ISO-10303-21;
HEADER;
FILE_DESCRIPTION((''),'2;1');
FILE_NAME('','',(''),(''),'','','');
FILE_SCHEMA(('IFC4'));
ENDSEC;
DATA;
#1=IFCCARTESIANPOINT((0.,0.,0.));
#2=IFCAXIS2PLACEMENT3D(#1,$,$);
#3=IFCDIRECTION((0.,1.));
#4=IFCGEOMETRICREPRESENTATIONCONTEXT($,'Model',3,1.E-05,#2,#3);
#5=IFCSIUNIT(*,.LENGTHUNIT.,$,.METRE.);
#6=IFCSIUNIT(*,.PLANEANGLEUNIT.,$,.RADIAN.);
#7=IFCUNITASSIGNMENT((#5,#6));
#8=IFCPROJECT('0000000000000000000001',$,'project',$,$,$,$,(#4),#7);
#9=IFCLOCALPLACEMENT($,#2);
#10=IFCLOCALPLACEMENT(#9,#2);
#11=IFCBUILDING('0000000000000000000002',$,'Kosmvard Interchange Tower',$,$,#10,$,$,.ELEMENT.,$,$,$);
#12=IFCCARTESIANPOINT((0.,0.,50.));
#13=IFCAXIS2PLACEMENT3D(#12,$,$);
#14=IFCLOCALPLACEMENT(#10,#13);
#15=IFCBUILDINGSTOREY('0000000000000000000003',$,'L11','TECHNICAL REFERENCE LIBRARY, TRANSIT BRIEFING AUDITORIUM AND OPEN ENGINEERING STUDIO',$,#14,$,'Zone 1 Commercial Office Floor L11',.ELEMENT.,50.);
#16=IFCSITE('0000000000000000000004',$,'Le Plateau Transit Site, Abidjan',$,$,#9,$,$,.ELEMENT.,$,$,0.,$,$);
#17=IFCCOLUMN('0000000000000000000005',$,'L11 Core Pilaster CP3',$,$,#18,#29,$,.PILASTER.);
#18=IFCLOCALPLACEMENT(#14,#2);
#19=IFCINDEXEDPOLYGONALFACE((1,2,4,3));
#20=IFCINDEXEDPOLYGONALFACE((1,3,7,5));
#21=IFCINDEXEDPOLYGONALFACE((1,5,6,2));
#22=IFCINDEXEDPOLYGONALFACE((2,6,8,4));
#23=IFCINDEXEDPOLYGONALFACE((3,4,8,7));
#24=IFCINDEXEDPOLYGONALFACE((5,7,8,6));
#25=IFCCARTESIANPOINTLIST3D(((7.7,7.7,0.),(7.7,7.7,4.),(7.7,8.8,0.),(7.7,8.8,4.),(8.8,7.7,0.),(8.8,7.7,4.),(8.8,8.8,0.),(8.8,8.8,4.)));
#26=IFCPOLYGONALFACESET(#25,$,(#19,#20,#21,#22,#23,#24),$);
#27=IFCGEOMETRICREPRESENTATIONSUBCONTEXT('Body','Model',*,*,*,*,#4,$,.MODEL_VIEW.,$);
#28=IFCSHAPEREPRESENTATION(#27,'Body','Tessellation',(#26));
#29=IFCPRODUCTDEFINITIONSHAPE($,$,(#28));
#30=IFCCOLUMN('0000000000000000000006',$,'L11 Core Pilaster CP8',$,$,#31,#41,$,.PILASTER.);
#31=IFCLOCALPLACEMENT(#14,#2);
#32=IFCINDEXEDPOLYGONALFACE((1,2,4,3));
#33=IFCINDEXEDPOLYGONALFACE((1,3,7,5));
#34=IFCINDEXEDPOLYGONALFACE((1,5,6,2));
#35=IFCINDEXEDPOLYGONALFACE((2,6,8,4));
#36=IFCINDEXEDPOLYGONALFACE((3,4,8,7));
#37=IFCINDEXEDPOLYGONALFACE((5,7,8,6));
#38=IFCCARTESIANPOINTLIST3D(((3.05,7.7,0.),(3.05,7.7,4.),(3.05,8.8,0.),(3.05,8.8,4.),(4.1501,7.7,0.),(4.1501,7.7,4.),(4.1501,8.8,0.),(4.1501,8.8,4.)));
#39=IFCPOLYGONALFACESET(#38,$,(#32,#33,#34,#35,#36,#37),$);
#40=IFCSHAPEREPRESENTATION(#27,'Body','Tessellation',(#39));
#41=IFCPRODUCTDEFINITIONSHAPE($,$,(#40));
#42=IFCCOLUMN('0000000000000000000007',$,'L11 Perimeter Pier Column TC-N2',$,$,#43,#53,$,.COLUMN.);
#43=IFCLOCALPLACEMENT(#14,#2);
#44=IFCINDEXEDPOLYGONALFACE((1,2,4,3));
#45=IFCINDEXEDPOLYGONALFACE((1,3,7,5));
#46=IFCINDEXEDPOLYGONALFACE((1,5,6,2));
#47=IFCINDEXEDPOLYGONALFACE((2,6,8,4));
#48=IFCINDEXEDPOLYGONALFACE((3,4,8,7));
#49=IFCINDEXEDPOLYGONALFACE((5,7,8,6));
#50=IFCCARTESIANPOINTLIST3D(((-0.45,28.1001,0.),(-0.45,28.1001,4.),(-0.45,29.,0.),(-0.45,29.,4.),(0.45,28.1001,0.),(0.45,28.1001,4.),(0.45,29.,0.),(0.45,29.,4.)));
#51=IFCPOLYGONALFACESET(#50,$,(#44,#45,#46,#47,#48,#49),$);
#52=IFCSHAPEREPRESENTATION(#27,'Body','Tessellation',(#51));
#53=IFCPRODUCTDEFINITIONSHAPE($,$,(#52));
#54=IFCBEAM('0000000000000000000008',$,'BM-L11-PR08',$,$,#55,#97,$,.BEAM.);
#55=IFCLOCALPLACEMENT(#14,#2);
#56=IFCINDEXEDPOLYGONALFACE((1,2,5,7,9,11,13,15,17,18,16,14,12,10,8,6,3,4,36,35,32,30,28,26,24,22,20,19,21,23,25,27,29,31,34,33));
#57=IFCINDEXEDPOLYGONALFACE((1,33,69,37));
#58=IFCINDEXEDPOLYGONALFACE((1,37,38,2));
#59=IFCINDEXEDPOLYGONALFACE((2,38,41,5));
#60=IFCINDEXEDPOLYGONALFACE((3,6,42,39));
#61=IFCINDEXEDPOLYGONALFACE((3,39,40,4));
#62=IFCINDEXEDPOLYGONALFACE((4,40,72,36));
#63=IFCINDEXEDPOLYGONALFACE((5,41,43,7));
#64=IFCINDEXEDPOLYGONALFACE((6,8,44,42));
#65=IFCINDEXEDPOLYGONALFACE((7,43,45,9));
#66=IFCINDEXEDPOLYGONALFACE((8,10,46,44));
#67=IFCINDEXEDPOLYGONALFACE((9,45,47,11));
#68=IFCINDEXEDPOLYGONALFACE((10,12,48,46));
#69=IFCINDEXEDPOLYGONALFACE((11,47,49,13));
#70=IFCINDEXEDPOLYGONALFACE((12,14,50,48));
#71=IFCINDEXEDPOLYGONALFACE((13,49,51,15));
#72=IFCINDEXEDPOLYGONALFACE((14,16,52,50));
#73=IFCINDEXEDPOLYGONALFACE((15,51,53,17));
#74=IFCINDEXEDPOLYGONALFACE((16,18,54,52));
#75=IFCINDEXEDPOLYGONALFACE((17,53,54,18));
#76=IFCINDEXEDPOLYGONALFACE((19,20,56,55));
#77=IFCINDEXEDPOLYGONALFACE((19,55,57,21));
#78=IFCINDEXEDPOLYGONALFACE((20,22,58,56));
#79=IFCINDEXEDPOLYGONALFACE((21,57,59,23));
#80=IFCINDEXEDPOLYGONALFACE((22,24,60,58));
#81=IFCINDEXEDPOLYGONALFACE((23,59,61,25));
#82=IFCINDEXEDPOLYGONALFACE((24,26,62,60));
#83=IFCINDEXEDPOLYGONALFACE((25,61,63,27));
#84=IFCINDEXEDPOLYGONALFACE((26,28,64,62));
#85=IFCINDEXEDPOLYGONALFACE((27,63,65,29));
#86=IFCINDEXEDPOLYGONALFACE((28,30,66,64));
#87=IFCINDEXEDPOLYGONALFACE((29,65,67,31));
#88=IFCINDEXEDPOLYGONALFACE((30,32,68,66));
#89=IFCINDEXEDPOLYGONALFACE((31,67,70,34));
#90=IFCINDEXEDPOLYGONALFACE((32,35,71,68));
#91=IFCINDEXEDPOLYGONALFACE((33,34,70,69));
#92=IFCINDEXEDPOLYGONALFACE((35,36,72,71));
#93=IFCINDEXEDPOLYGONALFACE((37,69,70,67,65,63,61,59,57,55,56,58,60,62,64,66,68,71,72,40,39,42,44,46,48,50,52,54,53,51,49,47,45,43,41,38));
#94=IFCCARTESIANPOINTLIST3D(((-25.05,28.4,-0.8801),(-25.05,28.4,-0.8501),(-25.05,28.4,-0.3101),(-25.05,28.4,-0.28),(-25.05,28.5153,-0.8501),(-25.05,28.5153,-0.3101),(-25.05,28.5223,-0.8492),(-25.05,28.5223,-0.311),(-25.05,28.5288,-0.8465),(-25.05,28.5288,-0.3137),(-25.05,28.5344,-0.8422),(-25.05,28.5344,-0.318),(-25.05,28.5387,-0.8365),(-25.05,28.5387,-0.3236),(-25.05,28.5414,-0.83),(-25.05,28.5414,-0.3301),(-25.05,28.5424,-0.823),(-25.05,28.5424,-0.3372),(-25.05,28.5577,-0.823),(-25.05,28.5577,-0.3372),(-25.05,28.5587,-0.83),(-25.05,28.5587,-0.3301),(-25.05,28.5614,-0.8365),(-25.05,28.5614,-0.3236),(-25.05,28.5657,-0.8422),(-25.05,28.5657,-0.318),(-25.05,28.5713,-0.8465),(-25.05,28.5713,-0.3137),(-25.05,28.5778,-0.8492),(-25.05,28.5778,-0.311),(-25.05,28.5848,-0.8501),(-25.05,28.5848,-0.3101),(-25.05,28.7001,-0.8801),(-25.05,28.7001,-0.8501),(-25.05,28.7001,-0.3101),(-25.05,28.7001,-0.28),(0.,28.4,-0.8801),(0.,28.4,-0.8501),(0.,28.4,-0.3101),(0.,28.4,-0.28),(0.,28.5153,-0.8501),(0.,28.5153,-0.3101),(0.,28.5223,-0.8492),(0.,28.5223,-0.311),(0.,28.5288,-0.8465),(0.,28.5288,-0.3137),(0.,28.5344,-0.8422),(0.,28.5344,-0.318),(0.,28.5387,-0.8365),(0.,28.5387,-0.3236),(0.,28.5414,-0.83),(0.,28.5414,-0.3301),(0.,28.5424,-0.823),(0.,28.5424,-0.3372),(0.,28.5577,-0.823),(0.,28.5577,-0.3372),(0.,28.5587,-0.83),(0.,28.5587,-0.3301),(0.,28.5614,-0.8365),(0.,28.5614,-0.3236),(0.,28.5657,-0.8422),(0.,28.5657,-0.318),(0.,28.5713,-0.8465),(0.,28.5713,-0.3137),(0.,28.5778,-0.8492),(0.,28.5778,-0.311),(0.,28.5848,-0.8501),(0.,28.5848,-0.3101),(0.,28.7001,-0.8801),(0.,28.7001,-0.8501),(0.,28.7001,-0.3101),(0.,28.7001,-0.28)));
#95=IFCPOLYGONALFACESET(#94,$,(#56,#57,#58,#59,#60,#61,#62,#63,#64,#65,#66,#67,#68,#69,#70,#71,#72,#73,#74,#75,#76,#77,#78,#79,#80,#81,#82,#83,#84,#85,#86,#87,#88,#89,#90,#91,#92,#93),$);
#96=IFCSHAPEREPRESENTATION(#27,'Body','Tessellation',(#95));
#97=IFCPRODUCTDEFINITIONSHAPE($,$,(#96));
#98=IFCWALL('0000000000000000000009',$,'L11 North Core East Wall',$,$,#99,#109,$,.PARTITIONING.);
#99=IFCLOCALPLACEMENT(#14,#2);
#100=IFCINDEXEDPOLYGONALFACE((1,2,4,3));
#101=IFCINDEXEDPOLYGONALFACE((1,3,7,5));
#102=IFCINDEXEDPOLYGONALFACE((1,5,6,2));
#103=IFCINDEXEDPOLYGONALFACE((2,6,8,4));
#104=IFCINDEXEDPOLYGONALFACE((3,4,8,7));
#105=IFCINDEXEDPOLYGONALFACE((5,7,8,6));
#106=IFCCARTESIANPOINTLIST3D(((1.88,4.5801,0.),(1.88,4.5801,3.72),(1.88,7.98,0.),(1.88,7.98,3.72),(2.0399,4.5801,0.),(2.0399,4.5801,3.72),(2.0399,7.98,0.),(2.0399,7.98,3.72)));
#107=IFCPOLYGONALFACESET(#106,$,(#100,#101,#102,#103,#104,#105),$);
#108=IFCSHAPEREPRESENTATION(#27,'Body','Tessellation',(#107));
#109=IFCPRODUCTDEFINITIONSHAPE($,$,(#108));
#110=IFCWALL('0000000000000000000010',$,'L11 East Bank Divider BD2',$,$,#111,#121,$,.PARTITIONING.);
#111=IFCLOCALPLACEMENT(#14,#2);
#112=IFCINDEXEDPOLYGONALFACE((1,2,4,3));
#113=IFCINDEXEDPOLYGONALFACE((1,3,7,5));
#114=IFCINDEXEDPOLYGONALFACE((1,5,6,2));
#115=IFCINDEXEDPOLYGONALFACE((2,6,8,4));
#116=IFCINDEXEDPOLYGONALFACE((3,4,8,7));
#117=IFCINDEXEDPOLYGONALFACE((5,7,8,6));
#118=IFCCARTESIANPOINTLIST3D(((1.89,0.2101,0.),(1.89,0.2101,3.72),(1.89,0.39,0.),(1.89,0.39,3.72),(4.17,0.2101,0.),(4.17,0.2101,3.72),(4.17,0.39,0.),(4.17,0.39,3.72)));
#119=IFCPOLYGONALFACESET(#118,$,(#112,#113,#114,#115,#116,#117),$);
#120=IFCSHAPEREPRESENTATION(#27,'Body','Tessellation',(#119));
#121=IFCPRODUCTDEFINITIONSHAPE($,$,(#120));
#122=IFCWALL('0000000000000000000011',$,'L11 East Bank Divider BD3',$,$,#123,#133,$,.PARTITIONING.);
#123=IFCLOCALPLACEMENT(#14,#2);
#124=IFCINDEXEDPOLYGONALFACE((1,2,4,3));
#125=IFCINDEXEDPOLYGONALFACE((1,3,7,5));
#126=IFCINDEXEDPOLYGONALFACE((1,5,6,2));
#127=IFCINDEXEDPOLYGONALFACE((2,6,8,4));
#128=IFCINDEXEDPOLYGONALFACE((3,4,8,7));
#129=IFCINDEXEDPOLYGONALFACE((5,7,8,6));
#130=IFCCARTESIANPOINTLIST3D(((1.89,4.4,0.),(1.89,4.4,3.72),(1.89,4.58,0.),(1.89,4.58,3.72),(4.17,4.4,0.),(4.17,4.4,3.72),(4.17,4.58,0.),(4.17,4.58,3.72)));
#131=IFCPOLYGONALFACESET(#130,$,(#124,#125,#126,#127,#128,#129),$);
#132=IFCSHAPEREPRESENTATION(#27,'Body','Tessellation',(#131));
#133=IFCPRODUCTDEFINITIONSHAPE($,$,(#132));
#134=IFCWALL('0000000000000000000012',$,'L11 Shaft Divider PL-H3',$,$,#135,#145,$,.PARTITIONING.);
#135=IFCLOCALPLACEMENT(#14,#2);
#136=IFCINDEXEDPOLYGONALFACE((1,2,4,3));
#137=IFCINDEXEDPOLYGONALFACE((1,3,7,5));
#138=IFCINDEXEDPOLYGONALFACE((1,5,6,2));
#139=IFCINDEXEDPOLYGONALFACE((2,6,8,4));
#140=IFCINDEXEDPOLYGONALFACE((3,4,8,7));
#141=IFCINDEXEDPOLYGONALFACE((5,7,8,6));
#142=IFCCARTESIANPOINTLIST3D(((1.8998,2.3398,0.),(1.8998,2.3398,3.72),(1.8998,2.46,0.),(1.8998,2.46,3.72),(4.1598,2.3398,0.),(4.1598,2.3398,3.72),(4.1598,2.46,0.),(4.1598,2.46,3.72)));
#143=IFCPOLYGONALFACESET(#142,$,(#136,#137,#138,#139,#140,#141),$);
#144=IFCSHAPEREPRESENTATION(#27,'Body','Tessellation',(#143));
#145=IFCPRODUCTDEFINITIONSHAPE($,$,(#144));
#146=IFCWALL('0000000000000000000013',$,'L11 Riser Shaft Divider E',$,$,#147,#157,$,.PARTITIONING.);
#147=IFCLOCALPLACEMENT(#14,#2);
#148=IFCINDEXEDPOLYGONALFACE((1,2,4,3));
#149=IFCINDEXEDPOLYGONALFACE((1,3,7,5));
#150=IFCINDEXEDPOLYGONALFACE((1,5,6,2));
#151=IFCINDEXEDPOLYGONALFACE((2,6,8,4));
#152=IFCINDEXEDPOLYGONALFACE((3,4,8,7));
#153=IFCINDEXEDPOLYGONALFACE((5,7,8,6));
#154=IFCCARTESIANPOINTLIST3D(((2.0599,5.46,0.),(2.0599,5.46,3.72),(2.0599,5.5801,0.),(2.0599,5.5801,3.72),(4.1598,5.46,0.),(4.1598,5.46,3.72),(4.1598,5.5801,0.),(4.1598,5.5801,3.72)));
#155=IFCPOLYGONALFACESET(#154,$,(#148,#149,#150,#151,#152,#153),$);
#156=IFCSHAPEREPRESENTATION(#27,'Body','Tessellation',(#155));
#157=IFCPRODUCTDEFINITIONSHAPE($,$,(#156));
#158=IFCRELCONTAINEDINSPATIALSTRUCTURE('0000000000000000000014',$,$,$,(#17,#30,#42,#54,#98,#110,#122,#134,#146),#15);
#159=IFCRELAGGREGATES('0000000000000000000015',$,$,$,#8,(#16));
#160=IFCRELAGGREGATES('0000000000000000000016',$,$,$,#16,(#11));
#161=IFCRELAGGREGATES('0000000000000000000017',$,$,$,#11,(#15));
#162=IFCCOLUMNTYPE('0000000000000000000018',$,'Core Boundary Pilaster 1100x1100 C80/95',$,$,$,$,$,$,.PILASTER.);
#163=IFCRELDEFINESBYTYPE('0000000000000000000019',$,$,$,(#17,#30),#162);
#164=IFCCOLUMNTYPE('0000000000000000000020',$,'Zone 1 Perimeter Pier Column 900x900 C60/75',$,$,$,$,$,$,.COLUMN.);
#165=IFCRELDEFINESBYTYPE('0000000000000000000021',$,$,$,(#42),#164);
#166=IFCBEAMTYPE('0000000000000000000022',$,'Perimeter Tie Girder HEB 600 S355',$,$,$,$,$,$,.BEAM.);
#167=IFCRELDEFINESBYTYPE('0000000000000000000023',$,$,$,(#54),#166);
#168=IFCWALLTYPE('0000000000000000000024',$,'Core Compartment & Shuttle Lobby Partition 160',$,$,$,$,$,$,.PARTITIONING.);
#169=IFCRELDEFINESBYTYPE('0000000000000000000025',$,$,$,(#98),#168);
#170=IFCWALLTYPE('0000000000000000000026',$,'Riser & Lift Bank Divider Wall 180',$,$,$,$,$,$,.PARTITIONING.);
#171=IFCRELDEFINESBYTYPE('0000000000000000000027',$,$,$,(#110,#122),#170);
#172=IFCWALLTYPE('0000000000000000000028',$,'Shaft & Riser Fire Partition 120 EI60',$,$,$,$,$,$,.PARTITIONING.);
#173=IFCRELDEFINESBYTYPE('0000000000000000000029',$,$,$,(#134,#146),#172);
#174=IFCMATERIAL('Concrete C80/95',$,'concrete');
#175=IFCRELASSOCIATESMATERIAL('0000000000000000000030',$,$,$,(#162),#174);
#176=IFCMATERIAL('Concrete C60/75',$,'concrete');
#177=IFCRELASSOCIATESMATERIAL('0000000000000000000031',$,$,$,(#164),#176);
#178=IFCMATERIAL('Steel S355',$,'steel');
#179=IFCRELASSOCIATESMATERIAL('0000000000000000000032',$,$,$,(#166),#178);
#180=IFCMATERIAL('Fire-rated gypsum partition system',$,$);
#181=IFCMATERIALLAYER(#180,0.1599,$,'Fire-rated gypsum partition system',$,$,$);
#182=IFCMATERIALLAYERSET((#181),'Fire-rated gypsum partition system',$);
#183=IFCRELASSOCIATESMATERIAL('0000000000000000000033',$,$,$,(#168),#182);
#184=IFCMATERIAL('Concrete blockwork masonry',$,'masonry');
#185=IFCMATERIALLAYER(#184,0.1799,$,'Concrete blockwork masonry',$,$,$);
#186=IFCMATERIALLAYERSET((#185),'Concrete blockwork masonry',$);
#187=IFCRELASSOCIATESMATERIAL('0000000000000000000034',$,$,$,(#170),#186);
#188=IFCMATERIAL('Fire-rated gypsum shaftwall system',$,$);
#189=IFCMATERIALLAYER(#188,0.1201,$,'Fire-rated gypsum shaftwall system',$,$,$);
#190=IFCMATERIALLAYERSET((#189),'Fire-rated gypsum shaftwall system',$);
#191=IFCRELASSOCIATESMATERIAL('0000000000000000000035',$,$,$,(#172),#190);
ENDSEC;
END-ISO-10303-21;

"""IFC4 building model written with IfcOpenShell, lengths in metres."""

from ifc_helpers import new_model, si_unit, direction, frame, frame_2d, origin, origin_2d, place, context, subcontext, project, spatial, rectangle, i_section, extrude, source, transform, mapped, material, layer, layer_set, material_profile, profile_set, type_object, element, save


model = new_model("IFC4")

# Units and contexts
model_context = context("Model", 3, precision=1e-05, world=origin(), true_north=direction((0.0, 1.0)))
body_context = subcontext(model_context, "Body", "Model", "MODEL_VIEW")
ifc_project = project(units=[si_unit("LENGTHUNIT", "METRE"), si_unit("PLANEANGLEUNIT", "RADIAN")], contexts=[model_context])

# Site, building, storey
site_placement = place(None, origin())
site = spatial("IfcSite", under=ifc_project, at=site_placement, Name="Le Plateau Transit Site, Abidjan", CompositionType="ELEMENT", RefElevation=0.0)
building_placement = place(site_placement, origin())
building = spatial("IfcBuilding", under=site, at=building_placement, Name="Kosmvard Interchange Tower", CompositionType="ELEMENT")
storey_placement = place(building_placement, frame((0.0, 0.0, 50.0)))
storey = spatial("IfcBuildingStorey", under=building, at=storey_placement, Name="L11", Description="TECHNICAL REFERENCE LIBRARY, TRANSIT BRIEFING AUDITORIUM AND OPEN ENGINEERING STUDIO", LongName="Zone 1 Commercial Office Floor L11", CompositionType="ELEMENT", Elevation=50.0)

# Columns
ifc_material_1 = material(Name="Concrete C80/95", Category="concrete")
ifc_material_profile_1 = material_profile(ifc_material_1, rectangle(XDim=1.1001, YDim=1.1001, at=origin_2d()), Name="CP 1100x1100")
ifc_profile_set_1 = profile_set([ifc_material_profile_1], Name="Concrete C80/95")
column_type_1 = type_object("IfcColumnType", Name="Core Boundary Pilaster 1100x1100 C80/95", PredefinedType="PILASTER", material=ifc_profile_set_1)
shared_shape_1 = source(origin(), body_context, "Body", "SweptSolid", [
    extrude(rectangle(XDim=1.1001, YDim=1.1001, at=origin_2d()), origin(), (0.0, 0.0, 1.0), 4.0),
])
for number, where, z_axis, x_axis, name in (
    (1, (8.25, 8.25, 0.0), (0.0, 0.0, 1.0), (1.0, 0.0, 0.0), "L11 Core Pilaster CP3"),
    (2, (3.6001, 8.25, 0.0), (0.0, 0.0, 1.0), (1.0, 0.0, 0.0), "L11 Core Pilaster CP8"),
):
    element("IfcColumn", number, at=place(storey_placement, frame(where, z_axis=z_axis, x_axis=x_axis)), inside=storey, type_object=column_type_1, Name=name, PredefinedType="PILASTER", context=body_context, shape_type="MappedRepresentation", body=[
        mapped(shared_shape_1, transform((0.0, 0.0, 0.0), scale=1.0)),
    ])
ifc_material_2 = material(Name="Concrete C60/75", Category="concrete")
ifc_material_profile_2 = material_profile(ifc_material_2, rectangle(XDim=0.8999, YDim=0.8999, at=origin_2d()), Name="TC 900x900")
ifc_profile_set_2 = profile_set([ifc_material_profile_2], Name="Concrete C60/75")
column_type_2 = type_object("IfcColumnType", Name="Zone 1 Perimeter Pier Column 900x900 C60/75", PredefinedType="COLUMN", material=ifc_profile_set_2)
shared_shape_2 = source(origin(), body_context, "Body", "SweptSolid", [
    extrude(rectangle(XDim=0.8999, YDim=0.8999, at=origin_2d()), origin(), (0.0, 0.0, 1.0), 4.0),
])
column_placement = place(storey_placement, frame((0.0, 28.55, 0.0), z_axis=(0.0, 0.0, 1.0), x_axis=(1.0, 0.0, 0.0)))
element("IfcColumn", 3, at=column_placement, inside=storey, type_object=column_type_2, Name="L11 Perimeter Pier Column TC-N2", PredefinedType="COLUMN", context=body_context, shape_type="MappedRepresentation", body=[
    mapped(shared_shape_2, transform((0.0, 0.0, 0.0), scale=1.0)),
])

# Beam
ifc_material_3 = material(Name="Steel S355", Category="steel")
ifc_material_profile_3 = material_profile(ifc_material_3, i_section(OverallWidth=0.3, OverallDepth=0.6001, WebThickness=0.0154, FlangeThickness=0.03, FilletRadius=0.0271, at=origin_2d()), Name="HEB 600")
ifc_profile_set_3 = profile_set([ifc_material_profile_3], Name="Steel S355")
beam_type = type_object("IfcBeamType", Name="Perimeter Tie Girder HEB 600 S355", PredefinedType="BEAM", material=ifc_profile_set_3)
shared_shape_3 = source(origin(), body_context, "Body", "SweptSolid", [
    extrude(i_section(OverallWidth=0.3, OverallDepth=0.6001, WebThickness=0.0154, FlangeThickness=0.03, FilletRadius=0.0271, at=origin_2d()), origin(), (0.0, 0.0, 1.0), 25.05),
])
beam_placement = place(storey_placement, frame((0.0, 28.55, -0.5801), z_axis=(-1.0, 0.0, 0.0), x_axis=(0.0, -1.0, 0.0)))
element("IfcBeam", 4, at=beam_placement, inside=storey, type_object=beam_type, Name="BM-L11-PR08", PredefinedType="BEAM", context=body_context, shape_type="MappedRepresentation", body=[
    mapped(shared_shape_3, transform((0.0, 0.0, 0.0), scale=1.0)),
])

# Walls
ifc_material_4 = material(Name="Fire-rated gypsum partition system")
ifc_layer_1 = layer(ifc_material_4, 0.1599, Name="Fire-rated gypsum partition system")
ifc_layer_set_1 = layer_set([ifc_layer_1], Name="Fire-rated gypsum partition system")
wall_type_1 = type_object("IfcWallType", Name="Core Compartment & Shuttle Lobby Partition 160", PredefinedType="PARTITIONING", material=ifc_layer_set_1)
wall_1_placement = place(storey_placement, frame((1.96, 4.5801, 0.0), z_axis=(0.0, 0.0, 1.0), x_axis=(0.0, 1.0, 0.0)))
element("IfcWall", 5, at=wall_1_placement, inside=storey, type_object=wall_type_1, Name="L11 North Core East Wall", PredefinedType="PARTITIONING", context=body_context, shape_type="SweptSolid", body=[
    extrude(rectangle(XDim=3.3999, YDim=0.1599, at=frame_2d((1.7, 0.0))), origin(), (0.0, 0.0, 1.0), 3.72),
])
ifc_material_5 = material(Name="Concrete blockwork masonry", Category="masonry")
ifc_layer_2 = layer(ifc_material_5, 0.1799, Name="Concrete blockwork masonry")
ifc_layer_set_2 = layer_set([ifc_layer_2], Name="Concrete blockwork masonry")
wall_type_2 = type_object("IfcWallType", Name="Riser & Lift Bank Divider Wall 180", PredefinedType="PARTITIONING", material=ifc_layer_set_2)
for number, where, z_axis, x_axis, name in (
    (6, (1.8899, 0.3, 0.0), (0.0, 0.0, 1.0), (1.0, 0.0, 0.0), "L11 East Bank Divider BD2"),
    (7, (1.8899, 4.49, 0.0), (0.0, 0.0, 1.0), (1.0, 0.0, 0.0), "L11 East Bank Divider BD3"),
):
    element("IfcWall", number, at=place(storey_placement, frame(where, z_axis=z_axis, x_axis=x_axis)), inside=storey, type_object=wall_type_2, Name=name, PredefinedType="PARTITIONING", context=body_context, shape_type="SweptSolid", body=[
        extrude(rectangle(XDim=2.28, YDim=0.1799, at=frame_2d((1.1401, 0.0))), origin(), (0.0, 0.0, 1.0), 3.72),
    ])
ifc_material_6 = material(Name="Fire-rated gypsum shaftwall system")
ifc_layer_3 = layer(ifc_material_6, 0.1201, Name="Fire-rated gypsum shaftwall system")
ifc_layer_set_3 = layer_set([ifc_layer_3], Name="Fire-rated gypsum shaftwall system")
wall_type_3 = type_object("IfcWallType", Name="Shaft & Riser Fire Partition 120 EI60", PredefinedType="PARTITIONING", material=ifc_layer_set_3)
wall_2_placement = place(storey_placement, frame((1.8999, 2.3999, 0.0), z_axis=(0.0, 0.0, 1.0), x_axis=(1.0, 0.0, 0.0)))
element("IfcWall", 8, at=wall_2_placement, inside=storey, type_object=wall_type_3, Name="L11 Shaft Divider PL-H3", PredefinedType="PARTITIONING", context=body_context, shape_type="SweptSolid", body=[
    extrude(rectangle(XDim=2.26, YDim=0.1201, at=frame_2d((1.1299, 0.0))), origin(), (0.0, 0.0, 1.0), 3.72),
])
wall_3_placement = place(storey_placement, frame((2.0601, 5.52, 0.0), z_axis=(0.0, 0.0, 1.0), x_axis=(1.0, 0.0, 0.0)))
element("IfcWall", 9, at=wall_3_placement, inside=storey, type_object=wall_type_3, Name="L11 Riser Shaft Divider E", PredefinedType="PARTITIONING", context=body_context, shape_type="SweptSolid", body=[
    extrude(rectangle(XDim=2.0999, YDim=0.1201, at=frame_2d((1.0498, 0.0))), origin(), (0.0, 0.0, 1.0), 3.72),
])

save(model, "model.ifc")
